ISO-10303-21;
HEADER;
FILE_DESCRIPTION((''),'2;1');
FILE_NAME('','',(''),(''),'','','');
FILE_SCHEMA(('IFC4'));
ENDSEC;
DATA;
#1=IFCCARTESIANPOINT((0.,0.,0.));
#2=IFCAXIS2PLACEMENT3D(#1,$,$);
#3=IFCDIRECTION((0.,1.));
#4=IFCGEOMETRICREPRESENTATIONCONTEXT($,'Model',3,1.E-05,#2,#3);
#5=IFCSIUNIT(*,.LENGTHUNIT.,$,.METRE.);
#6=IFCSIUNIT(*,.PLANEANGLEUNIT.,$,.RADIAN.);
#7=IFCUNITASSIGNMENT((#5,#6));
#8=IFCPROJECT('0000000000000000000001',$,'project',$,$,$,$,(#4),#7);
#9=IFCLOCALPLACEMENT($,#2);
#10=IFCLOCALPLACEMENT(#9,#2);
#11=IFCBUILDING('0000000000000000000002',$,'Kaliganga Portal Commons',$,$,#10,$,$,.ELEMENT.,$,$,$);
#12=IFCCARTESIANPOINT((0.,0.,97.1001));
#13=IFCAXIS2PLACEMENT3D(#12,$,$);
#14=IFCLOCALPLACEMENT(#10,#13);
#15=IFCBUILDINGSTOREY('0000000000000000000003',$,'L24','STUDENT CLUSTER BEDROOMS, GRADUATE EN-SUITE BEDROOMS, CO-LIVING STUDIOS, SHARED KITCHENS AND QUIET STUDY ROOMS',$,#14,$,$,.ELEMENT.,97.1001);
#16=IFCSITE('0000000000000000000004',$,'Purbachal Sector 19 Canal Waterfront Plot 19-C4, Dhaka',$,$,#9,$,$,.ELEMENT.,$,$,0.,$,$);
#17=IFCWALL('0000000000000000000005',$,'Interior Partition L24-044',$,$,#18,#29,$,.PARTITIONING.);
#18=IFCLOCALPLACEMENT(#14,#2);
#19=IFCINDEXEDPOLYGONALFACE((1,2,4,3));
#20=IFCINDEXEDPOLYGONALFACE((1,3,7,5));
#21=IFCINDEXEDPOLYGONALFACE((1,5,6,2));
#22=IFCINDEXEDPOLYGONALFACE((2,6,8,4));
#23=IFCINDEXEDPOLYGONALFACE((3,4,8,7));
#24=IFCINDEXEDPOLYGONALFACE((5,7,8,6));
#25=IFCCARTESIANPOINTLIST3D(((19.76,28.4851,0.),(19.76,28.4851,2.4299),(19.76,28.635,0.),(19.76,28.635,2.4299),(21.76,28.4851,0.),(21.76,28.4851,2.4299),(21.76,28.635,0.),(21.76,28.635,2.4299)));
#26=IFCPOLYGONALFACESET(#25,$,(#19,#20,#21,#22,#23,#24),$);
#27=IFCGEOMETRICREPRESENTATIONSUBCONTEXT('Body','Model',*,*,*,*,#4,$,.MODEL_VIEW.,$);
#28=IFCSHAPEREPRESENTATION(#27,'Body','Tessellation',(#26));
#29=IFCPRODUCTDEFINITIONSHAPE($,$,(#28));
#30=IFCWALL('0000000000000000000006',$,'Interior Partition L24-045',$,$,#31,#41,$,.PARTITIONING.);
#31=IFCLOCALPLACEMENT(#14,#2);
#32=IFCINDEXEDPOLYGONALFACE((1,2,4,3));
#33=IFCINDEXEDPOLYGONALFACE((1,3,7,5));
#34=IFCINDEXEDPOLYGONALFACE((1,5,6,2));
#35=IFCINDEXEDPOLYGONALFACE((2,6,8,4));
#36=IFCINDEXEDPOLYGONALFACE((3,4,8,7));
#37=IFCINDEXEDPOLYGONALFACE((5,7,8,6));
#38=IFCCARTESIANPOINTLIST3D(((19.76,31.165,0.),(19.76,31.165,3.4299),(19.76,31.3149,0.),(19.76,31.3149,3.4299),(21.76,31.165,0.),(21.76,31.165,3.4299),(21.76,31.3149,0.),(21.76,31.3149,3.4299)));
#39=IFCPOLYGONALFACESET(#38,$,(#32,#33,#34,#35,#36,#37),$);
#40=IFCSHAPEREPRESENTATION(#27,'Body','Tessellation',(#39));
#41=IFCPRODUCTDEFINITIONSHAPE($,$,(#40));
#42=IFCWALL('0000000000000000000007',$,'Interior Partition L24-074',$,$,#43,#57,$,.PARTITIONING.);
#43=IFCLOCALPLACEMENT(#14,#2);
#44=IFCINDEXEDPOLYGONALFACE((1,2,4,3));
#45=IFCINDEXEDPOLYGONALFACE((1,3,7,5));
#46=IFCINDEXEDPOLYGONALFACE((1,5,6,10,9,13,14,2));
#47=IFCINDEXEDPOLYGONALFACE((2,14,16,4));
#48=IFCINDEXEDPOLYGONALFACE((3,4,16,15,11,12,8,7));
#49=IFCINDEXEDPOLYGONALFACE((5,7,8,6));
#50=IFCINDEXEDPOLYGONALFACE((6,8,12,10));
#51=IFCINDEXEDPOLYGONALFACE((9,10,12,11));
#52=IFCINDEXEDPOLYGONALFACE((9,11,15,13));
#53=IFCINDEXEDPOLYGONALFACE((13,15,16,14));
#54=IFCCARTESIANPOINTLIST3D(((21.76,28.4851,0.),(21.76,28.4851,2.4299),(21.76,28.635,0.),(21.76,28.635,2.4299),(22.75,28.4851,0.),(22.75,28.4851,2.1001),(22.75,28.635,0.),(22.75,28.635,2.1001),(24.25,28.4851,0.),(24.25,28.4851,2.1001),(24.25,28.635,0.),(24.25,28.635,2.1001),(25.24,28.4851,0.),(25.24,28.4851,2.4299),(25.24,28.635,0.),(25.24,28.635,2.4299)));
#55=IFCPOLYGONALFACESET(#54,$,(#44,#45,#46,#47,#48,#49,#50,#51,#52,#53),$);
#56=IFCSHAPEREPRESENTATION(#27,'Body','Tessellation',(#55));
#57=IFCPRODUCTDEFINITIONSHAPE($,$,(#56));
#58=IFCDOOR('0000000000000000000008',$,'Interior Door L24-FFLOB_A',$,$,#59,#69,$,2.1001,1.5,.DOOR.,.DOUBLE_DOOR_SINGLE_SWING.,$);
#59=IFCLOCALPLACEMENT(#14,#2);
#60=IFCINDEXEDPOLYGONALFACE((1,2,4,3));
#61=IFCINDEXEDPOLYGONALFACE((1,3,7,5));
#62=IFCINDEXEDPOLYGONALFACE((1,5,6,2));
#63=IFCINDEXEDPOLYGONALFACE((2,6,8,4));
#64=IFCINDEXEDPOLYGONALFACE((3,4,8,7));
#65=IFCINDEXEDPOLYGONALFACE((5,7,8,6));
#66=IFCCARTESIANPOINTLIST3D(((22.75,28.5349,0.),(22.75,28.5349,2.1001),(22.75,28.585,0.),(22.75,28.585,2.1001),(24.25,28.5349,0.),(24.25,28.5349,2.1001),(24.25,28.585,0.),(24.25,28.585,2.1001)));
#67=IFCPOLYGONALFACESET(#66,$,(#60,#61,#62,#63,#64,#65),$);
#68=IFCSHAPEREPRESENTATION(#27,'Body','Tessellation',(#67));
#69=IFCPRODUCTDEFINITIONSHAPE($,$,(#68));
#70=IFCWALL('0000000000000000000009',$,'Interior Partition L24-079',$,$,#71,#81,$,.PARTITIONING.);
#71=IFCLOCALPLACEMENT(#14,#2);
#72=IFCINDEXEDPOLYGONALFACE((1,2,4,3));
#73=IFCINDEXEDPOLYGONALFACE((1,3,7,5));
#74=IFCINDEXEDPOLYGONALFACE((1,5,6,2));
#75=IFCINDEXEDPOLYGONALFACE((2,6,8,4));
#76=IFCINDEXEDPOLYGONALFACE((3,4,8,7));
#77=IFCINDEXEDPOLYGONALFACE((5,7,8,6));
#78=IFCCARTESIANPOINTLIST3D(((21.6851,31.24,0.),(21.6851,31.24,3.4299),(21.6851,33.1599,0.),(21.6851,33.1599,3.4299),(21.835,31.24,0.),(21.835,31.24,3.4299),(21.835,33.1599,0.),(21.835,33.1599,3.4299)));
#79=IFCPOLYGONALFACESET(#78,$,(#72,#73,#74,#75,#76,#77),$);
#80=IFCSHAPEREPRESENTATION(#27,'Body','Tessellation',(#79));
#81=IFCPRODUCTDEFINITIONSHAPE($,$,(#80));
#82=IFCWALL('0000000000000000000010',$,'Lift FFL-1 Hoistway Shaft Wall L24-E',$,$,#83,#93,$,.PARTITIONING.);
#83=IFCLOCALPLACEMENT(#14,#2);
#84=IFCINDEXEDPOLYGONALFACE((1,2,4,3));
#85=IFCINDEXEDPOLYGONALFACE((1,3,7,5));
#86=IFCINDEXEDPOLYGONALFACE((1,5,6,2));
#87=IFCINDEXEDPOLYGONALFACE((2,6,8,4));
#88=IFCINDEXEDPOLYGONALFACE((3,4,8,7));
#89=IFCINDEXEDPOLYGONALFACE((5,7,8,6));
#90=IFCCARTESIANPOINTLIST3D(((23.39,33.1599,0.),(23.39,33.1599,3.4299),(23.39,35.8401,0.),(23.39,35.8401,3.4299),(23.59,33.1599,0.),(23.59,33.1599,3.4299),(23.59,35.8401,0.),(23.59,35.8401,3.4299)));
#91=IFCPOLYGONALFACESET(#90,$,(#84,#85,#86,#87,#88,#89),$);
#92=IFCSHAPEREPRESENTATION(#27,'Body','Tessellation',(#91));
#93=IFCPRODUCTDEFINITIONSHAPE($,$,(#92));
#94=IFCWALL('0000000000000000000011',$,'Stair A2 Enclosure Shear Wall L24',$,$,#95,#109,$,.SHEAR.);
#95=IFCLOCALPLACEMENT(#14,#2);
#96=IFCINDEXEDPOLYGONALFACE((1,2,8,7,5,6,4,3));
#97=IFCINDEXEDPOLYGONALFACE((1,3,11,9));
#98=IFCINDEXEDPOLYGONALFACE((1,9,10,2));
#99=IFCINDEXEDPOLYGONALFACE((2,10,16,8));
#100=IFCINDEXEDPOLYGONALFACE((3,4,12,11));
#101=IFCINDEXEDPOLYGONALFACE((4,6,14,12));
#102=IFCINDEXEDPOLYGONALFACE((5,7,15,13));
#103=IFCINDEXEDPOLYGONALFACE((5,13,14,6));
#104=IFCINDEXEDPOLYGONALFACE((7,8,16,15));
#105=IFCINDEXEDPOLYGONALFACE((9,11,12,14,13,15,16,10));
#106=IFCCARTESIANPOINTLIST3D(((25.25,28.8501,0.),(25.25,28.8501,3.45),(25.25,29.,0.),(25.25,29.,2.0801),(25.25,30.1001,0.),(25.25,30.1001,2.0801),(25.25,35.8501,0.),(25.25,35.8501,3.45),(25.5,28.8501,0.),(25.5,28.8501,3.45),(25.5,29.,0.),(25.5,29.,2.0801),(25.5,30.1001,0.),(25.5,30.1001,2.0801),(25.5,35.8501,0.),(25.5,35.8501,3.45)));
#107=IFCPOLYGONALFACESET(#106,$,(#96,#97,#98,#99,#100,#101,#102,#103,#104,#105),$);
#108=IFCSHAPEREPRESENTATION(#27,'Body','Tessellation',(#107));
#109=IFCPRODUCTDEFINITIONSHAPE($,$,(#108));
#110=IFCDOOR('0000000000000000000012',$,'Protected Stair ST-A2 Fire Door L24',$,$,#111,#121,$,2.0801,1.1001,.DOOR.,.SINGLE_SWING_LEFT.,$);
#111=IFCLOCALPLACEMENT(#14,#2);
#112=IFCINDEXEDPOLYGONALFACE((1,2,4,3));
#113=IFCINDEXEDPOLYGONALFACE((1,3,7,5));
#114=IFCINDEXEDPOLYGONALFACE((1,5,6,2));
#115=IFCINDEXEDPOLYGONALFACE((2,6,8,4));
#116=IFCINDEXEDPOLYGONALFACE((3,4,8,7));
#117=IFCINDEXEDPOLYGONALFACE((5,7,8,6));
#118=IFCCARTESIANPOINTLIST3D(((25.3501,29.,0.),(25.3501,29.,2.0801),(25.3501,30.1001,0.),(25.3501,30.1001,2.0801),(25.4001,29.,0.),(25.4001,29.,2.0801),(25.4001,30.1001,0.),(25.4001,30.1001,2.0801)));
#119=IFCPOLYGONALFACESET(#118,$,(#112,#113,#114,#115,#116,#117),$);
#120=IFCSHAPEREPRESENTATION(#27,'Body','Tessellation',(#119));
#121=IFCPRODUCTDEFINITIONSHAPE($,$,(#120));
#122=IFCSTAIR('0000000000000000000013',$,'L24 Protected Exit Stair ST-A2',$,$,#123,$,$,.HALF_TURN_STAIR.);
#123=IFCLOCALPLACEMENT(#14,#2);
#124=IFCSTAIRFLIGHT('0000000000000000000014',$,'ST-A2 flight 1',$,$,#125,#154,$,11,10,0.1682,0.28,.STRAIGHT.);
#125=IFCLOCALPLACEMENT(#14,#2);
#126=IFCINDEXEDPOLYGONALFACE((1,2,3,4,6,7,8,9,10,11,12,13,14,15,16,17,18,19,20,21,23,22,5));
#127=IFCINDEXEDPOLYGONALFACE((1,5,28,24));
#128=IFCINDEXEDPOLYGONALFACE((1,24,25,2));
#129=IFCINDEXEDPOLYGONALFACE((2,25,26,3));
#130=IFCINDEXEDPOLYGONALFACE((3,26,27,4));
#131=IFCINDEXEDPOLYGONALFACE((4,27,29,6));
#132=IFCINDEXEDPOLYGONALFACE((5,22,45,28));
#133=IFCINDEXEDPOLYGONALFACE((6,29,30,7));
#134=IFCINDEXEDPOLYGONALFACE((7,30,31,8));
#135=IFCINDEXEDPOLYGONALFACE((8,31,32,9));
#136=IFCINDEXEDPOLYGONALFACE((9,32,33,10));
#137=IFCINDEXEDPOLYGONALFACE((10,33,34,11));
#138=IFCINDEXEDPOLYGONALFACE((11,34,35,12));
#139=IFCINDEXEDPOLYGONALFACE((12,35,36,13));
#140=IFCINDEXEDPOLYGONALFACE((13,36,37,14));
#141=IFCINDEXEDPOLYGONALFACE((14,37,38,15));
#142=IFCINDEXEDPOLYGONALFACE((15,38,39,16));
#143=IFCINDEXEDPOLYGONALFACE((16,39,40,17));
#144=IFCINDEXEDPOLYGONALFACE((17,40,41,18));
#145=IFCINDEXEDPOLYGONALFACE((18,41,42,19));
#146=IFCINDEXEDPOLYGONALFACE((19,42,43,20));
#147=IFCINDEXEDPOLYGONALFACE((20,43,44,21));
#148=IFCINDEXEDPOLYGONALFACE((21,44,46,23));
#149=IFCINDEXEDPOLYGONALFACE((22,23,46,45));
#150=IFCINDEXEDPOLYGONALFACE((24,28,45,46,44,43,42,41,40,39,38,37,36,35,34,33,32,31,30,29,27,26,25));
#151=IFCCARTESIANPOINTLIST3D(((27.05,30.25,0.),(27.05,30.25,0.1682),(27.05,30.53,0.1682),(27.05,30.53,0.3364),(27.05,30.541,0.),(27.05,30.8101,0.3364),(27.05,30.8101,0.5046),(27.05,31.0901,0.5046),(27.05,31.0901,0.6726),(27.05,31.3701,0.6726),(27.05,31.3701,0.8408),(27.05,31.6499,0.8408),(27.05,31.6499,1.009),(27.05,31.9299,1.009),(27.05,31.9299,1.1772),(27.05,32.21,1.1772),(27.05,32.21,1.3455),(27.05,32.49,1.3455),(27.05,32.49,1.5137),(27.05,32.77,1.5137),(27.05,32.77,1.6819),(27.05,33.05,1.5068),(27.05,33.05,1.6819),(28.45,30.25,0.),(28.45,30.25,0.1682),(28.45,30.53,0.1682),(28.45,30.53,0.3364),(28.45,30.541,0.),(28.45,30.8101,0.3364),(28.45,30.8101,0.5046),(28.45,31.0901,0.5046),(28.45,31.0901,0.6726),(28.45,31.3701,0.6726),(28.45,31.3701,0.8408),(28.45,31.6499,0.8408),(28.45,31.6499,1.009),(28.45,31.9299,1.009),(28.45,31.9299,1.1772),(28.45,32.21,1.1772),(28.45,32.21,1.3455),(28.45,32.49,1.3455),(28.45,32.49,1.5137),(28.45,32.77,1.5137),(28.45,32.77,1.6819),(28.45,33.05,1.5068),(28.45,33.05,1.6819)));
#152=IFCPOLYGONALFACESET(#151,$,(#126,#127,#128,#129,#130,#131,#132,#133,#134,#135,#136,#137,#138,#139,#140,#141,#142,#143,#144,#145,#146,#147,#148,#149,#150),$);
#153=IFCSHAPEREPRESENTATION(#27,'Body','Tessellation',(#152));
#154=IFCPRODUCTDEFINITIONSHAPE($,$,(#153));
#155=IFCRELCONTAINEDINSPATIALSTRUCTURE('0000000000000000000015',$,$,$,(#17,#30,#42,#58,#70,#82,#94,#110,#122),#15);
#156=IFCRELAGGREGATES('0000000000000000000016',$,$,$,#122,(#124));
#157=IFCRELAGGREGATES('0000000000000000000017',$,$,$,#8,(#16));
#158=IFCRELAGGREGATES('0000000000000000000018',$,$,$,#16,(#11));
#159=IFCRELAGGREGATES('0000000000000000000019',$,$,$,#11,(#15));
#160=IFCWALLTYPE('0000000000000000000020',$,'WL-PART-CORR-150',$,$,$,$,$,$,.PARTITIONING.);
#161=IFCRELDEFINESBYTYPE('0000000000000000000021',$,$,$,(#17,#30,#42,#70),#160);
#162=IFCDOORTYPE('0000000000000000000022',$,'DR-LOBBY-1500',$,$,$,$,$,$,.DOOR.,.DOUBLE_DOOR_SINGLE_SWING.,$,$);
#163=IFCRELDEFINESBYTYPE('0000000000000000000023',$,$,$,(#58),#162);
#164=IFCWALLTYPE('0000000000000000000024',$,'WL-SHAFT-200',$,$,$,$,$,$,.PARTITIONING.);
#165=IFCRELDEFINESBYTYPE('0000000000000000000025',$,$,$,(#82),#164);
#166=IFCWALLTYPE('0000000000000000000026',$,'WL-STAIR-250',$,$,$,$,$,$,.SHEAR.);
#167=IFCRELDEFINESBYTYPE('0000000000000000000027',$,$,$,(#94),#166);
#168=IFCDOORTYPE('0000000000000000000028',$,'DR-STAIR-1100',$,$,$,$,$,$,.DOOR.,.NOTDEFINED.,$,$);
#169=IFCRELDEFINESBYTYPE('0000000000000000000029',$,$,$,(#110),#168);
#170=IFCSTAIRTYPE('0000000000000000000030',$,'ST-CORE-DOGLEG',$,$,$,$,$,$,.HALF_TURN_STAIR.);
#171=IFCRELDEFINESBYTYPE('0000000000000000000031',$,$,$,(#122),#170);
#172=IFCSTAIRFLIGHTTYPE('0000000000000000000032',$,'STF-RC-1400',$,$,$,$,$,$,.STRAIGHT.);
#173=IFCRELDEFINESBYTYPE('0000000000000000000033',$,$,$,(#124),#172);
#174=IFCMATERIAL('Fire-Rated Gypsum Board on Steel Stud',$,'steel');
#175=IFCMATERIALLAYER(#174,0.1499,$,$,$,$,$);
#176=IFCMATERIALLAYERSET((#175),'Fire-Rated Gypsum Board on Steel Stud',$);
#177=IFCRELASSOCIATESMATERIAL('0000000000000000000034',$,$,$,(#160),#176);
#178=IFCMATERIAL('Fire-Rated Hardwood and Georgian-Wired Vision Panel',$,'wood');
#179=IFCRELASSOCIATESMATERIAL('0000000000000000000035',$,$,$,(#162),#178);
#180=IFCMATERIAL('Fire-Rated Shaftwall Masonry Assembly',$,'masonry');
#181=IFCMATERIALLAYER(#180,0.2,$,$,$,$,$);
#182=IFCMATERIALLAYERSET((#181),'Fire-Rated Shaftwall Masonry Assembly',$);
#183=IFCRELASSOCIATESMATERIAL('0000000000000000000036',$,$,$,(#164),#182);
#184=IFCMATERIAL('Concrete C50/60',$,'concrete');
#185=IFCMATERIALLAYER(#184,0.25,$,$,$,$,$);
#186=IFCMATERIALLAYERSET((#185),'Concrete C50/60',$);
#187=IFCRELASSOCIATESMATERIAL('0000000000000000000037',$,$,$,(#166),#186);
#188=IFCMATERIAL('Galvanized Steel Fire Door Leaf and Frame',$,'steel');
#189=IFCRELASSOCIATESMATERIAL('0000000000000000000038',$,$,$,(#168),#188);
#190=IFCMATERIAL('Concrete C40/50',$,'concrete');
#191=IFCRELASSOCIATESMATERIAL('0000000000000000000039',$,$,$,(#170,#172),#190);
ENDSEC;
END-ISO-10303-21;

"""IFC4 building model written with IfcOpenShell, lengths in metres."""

from ifc_helpers import new_model, si_unit, direction, frame, frame_2d, origin, place, context, subcontext, project, spatial, polyline, rectangle, outline, extrude, material, layer, layer_set, type_object, element, fill, aggregate, save


model = new_model("IFC4")

# Units and contexts
model_context = context("Model", 3, precision=1e-05, world=origin(), true_north=direction((0.0, 1.0)))
body_context = subcontext(model_context, "Body", "Model", "MODEL_VIEW")
ifc_project = project(units=[si_unit("LENGTHUNIT", "METRE"), si_unit("PLANEANGLEUNIT", "RADIAN")], contexts=[model_context])

# Site, building, storey
site_placement = place(None, origin())
site = spatial("IfcSite", under=ifc_project, at=site_placement, Name="Purbachal Sector 19 Canal Waterfront Plot 19-C4, Dhaka", CompositionType="ELEMENT", RefElevation=0.0)
building_placement = place(site_placement, origin())
building = spatial("IfcBuilding", under=site, at=building_placement, Name="Kaliganga Portal Commons", CompositionType="ELEMENT")
storey_placement = place(building_placement, frame((0.0, 0.0, 97.1001)))
storey = spatial("IfcBuildingStorey", under=building, at=storey_placement, Name="L24", Description="STUDENT CLUSTER BEDROOMS, GRADUATE EN-SUITE BEDROOMS, CO-LIVING STUDIOS, SHARED KITCHENS AND QUIET STUDY ROOMS", CompositionType="ELEMENT", Elevation=97.1001)

# Shared definitions
ifc_material_1 = material(Name="Fire-Rated Gypsum Board on Steel Stud", Category="steel")
ifc_layer_1 = layer(ifc_material_1, 0.1499)
ifc_layer_set_1 = layer_set([ifc_layer_1], Name="Fire-Rated Gypsum Board on Steel Stud")
wall_type_1 = type_object("IfcWallType", Name="WL-PART-CORR-150", PredefinedType="PARTITIONING", material=ifc_layer_set_1)

# Walls
wall_1_placement = place(storey_placement, frame((19.76, 28.5601, 0.0), z_axis=(0.0, 0.0, 1.0), x_axis=(1.0, 0.0, 0.0)))
element("IfcWall", 1, at=wall_1_placement, inside=storey, type_object=wall_type_1, Name="Interior Partition L24-044", PredefinedType="PARTITIONING", context=body_context, shape_type="SweptSolid", body=[
    extrude(rectangle(XDim=2.0, YDim=0.1499, at=frame_2d((1.0, 0.0))), origin(), (0.0, 0.0, 1.0), 2.4299),
])
wall_2_placement = place(storey_placement, frame((19.76, 31.24, 0.0), z_axis=(0.0, 0.0, 1.0), x_axis=(1.0, 0.0, 0.0)))
element("IfcWall", 2, at=wall_2_placement, inside=storey, type_object=wall_type_1, Name="Interior Partition L24-045", PredefinedType="PARTITIONING", context=body_context, shape_type="SweptSolid", body=[
    extrude(rectangle(XDim=2.0, YDim=0.1499, at=frame_2d((1.0, 0.0))), origin(), (0.0, 0.0, 1.0), 3.4299),
])

# Wall, opening, door
wall_3_placement = place(storey_placement, frame((21.76, 28.5601, 0.0), z_axis=(0.0, 0.0, 1.0), x_axis=(1.0, 0.0, 0.0)))
wall_3 = element("IfcWall", 3, at=wall_3_placement, inside=storey, type_object=wall_type_1, Name="Interior Partition L24-074", PredefinedType="PARTITIONING", context=body_context, shape_type="SweptSolid", body=[
    extrude(rectangle(XDim=3.48, YDim=0.1499, at=frame_2d((1.74, 0.0))), origin(), (0.0, 0.0, 1.0), 2.4299),
])
opening_1_placement = place(wall_3_placement, frame((0.99, 0.0, 0.0)))
opening_1 = element("IfcOpeningElement", 4, at=opening_1_placement, cuts=wall_3, PredefinedType="OPENING", context=body_context, shape_type="SweptSolid", body=[
    extrude(rectangle(XDim=1.5, YDim=2.1001, at=frame_2d((0.75, 1.05))), frame((0.0, 0.085, 0.0), z_axis=(0.0, -1.0, 0.0), x_axis=(1.0, 0.0, 0.0)), (0.0, 0.0, 1.0), 0.1699),
])
ifc_material_2 = material(Name="Fire-Rated Hardwood and Georgian-Wired Vision Panel", Category="wood")
door_type_1 = type_object("IfcDoorType", Name="DR-LOBBY-1500", OperationType="DOUBLE_DOOR_SINGLE_SWING", PredefinedType="DOOR", material=ifc_material_2)
door_1_placement = place(opening_1_placement, origin())
door_1 = element("IfcDoor", 5, at=door_1_placement, inside=storey, type_object=door_type_1, Name="Interior Door L24-FFLOB_A", OperationType="DOUBLE_DOOR_SINGLE_SWING", OverallHeight=2.1001, OverallWidth=1.5, PredefinedType="DOOR", context=body_context, shape_type="SweptSolid", body=[
    extrude(rectangle(XDim=1.5, YDim=2.1001, at=frame_2d((0.75, 1.05))), frame((0.0, 0.0249, 0.0), z_axis=(0.0, -1.0, 0.0), x_axis=(1.0, 0.0, 0.0)), (0.0, 0.0, 1.0), 0.05),
])
fill(opening_1, door_1)

# Wall
wall_4_placement = place(storey_placement, frame((21.76, 31.24, 0.0), z_axis=(0.0, 0.0, 1.0), x_axis=(0.0, 1.0, 0.0)))
element("IfcWall", 6, at=wall_4_placement, inside=storey, type_object=wall_type_1, Name="Interior Partition L24-079", PredefinedType="PARTITIONING", context=body_context, shape_type="SweptSolid", body=[
    extrude(rectangle(XDim=1.9199, YDim=0.1499, at=frame_2d((0.96, 0.0))), origin(), (0.0, 0.0, 1.0), 3.4299),
])

# Shared definitions
ifc_material_3 = material(Name="Fire-Rated Shaftwall Masonry Assembly", Category="masonry")
ifc_layer_2 = layer(ifc_material_3, 0.2)
ifc_layer_set_2 = layer_set([ifc_layer_2], Name="Fire-Rated Shaftwall Masonry Assembly")
wall_type_2 = type_object("IfcWallType", Name="WL-SHAFT-200", PredefinedType="PARTITIONING", material=ifc_layer_set_2)

# Wall
wall_5_placement = place(storey_placement, frame((23.49, 33.1599, 0.0), z_axis=(0.0, 0.0, 1.0), x_axis=(0.0, 1.0, 0.0)))
element("IfcWall", 7, at=wall_5_placement, inside=storey, type_object=wall_type_2, Name="Lift FFL-1 Hoistway Shaft Wall L24-E", PredefinedType="PARTITIONING", context=body_context, shape_type="SweptSolid", body=[
    extrude(rectangle(XDim=2.6802, YDim=0.2, at=frame_2d((1.3401, 0.0))), origin(), (0.0, 0.0, 1.0), 3.4299),
])

# Wall, opening, door
ifc_material_4 = material(Name="Concrete C50/60", Category="concrete")
ifc_layer_3 = layer(ifc_material_4, 0.25)
ifc_layer_set_3 = layer_set([ifc_layer_3], Name="Concrete C50/60")
wall_type_3 = type_object("IfcWallType", Name="WL-STAIR-250", PredefinedType="SHEAR", material=ifc_layer_set_3)
wall_6_placement = place(storey_placement, frame((25.375, 28.8501, 0.0), z_axis=(0.0, 0.0, 1.0), x_axis=(0.0, 1.0, 0.0)))
wall_6 = element("IfcWall", 8, at=wall_6_placement, inside=storey, type_object=wall_type_3, Name="Stair A2 Enclosure Shear Wall L24", PredefinedType="SHEAR", context=body_context, shape_type="SweptSolid", body=[
    extrude(rectangle(XDim=7.0, YDim=0.25, at=frame_2d((3.5, 0.0))), origin(), (0.0, 0.0, 1.0), 3.45),
])
opening_2_placement = place(wall_6_placement, frame((0.1499, 0.0, 0.0)))
opening_2 = element("IfcOpeningElement", 9, at=opening_2_placement, cuts=wall_6, PredefinedType="OPENING", context=body_context, shape_type="SweptSolid", body=[
    extrude(rectangle(XDim=1.1001, YDim=2.0801, at=frame_2d((0.55, 1.04))), frame((0.0, 0.135, 0.0), z_axis=(0.0, -1.0, 0.0), x_axis=(1.0, 0.0, 0.0)), (0.0, 0.0, 1.0), 0.27),
])
ifc_material_5 = material(Name="Galvanized Steel Fire Door Leaf and Frame", Category="steel")
door_type_2 = type_object("IfcDoorType", Name="DR-STAIR-1100", OperationType="NOTDEFINED", PredefinedType="DOOR", material=ifc_material_5)
door_2_placement = place(opening_2_placement, origin())
door_2 = element("IfcDoor", 10, at=door_2_placement, inside=storey, type_object=door_type_2, Name="Protected Stair ST-A2 Fire Door L24", OperationType="SINGLE_SWING_LEFT", OverallHeight=2.0801, OverallWidth=1.1001, PredefinedType="DOOR", context=body_context, shape_type="SweptSolid", body=[
    extrude(rectangle(XDim=1.1001, YDim=2.0801, at=frame_2d((0.55, 1.04))), frame((0.0, 0.0249, 0.0), z_axis=(0.0, -1.0, 0.0), x_axis=(1.0, 0.0, 0.0)), (0.0, 0.0, 1.0), 0.05),
])
fill(opening_2, door_2)

# Stair, stair flight
ifc_material_6 = material(Name="Concrete C40/50", Category="concrete")
stair_type = type_object("IfcStairType", Name="ST-CORE-DOGLEG", PredefinedType="HALF_TURN_STAIR", material=ifc_material_6)
stair_placement = place(storey_placement, origin())
stair = element("IfcStair", 11, at=stair_placement, inside=storey, type_object=stair_type, Name="L24 Protected Exit Stair ST-A2", PredefinedType="HALF_TURN_STAIR")
stair_flight_type = type_object("IfcStairFlightType", Name="STF-RC-1400", PredefinedType="STRAIGHT", material=ifc_material_6)
stair_flight_1_placement = place(storey_placement, frame((27.75, 30.25, 0.0), z_axis=(0.0, 0.0, 1.0), x_axis=(0.0, 1.0, 0.0)))
stair_flight_1 = element("IfcStairFlight", 12, at=stair_flight_1_placement, type_object=stair_flight_type, Name="ST-A2 flight 1", NumberOfRisers=11, NumberOfTreads=10, PredefinedType="STRAIGHT", RiserHeight=0.1682, TreadLength=0.28, context=body_context, shape_type="SweptSolid", body=[
    extrude(outline(polyline([(0.0, 0.0), (0.0, 0.1682), (0.28, 0.1682), (0.28, 0.3364), (0.5601, 0.3364), (0.5601, 0.5046), (0.8401, 0.5046), (0.8401, 0.6726), (1.1201, 0.6726), (1.1201, 0.8408), (1.3999, 0.8408), (1.3999, 1.009), (1.6799, 1.009), (1.6799, 1.1772), (1.96, 1.1772), (1.96, 1.3455), (2.24, 1.3455), (2.24, 1.5137), (2.52, 1.5137), (2.52, 1.6819), (2.8, 1.6819), (2.8, 1.8501), (2.8, 1.5068), (0.291, 0.0), (0.0, 0.0)])), frame((0.0, 0.7, 0.0), z_axis=(0.0, -1.0, 0.0), x_axis=(1.0, 0.0, 0.0)), (0.0, 0.0, 1.0), 1.3999),
])
aggregate(stair, [stair_flight_1])

save(model, "model.ifc")
